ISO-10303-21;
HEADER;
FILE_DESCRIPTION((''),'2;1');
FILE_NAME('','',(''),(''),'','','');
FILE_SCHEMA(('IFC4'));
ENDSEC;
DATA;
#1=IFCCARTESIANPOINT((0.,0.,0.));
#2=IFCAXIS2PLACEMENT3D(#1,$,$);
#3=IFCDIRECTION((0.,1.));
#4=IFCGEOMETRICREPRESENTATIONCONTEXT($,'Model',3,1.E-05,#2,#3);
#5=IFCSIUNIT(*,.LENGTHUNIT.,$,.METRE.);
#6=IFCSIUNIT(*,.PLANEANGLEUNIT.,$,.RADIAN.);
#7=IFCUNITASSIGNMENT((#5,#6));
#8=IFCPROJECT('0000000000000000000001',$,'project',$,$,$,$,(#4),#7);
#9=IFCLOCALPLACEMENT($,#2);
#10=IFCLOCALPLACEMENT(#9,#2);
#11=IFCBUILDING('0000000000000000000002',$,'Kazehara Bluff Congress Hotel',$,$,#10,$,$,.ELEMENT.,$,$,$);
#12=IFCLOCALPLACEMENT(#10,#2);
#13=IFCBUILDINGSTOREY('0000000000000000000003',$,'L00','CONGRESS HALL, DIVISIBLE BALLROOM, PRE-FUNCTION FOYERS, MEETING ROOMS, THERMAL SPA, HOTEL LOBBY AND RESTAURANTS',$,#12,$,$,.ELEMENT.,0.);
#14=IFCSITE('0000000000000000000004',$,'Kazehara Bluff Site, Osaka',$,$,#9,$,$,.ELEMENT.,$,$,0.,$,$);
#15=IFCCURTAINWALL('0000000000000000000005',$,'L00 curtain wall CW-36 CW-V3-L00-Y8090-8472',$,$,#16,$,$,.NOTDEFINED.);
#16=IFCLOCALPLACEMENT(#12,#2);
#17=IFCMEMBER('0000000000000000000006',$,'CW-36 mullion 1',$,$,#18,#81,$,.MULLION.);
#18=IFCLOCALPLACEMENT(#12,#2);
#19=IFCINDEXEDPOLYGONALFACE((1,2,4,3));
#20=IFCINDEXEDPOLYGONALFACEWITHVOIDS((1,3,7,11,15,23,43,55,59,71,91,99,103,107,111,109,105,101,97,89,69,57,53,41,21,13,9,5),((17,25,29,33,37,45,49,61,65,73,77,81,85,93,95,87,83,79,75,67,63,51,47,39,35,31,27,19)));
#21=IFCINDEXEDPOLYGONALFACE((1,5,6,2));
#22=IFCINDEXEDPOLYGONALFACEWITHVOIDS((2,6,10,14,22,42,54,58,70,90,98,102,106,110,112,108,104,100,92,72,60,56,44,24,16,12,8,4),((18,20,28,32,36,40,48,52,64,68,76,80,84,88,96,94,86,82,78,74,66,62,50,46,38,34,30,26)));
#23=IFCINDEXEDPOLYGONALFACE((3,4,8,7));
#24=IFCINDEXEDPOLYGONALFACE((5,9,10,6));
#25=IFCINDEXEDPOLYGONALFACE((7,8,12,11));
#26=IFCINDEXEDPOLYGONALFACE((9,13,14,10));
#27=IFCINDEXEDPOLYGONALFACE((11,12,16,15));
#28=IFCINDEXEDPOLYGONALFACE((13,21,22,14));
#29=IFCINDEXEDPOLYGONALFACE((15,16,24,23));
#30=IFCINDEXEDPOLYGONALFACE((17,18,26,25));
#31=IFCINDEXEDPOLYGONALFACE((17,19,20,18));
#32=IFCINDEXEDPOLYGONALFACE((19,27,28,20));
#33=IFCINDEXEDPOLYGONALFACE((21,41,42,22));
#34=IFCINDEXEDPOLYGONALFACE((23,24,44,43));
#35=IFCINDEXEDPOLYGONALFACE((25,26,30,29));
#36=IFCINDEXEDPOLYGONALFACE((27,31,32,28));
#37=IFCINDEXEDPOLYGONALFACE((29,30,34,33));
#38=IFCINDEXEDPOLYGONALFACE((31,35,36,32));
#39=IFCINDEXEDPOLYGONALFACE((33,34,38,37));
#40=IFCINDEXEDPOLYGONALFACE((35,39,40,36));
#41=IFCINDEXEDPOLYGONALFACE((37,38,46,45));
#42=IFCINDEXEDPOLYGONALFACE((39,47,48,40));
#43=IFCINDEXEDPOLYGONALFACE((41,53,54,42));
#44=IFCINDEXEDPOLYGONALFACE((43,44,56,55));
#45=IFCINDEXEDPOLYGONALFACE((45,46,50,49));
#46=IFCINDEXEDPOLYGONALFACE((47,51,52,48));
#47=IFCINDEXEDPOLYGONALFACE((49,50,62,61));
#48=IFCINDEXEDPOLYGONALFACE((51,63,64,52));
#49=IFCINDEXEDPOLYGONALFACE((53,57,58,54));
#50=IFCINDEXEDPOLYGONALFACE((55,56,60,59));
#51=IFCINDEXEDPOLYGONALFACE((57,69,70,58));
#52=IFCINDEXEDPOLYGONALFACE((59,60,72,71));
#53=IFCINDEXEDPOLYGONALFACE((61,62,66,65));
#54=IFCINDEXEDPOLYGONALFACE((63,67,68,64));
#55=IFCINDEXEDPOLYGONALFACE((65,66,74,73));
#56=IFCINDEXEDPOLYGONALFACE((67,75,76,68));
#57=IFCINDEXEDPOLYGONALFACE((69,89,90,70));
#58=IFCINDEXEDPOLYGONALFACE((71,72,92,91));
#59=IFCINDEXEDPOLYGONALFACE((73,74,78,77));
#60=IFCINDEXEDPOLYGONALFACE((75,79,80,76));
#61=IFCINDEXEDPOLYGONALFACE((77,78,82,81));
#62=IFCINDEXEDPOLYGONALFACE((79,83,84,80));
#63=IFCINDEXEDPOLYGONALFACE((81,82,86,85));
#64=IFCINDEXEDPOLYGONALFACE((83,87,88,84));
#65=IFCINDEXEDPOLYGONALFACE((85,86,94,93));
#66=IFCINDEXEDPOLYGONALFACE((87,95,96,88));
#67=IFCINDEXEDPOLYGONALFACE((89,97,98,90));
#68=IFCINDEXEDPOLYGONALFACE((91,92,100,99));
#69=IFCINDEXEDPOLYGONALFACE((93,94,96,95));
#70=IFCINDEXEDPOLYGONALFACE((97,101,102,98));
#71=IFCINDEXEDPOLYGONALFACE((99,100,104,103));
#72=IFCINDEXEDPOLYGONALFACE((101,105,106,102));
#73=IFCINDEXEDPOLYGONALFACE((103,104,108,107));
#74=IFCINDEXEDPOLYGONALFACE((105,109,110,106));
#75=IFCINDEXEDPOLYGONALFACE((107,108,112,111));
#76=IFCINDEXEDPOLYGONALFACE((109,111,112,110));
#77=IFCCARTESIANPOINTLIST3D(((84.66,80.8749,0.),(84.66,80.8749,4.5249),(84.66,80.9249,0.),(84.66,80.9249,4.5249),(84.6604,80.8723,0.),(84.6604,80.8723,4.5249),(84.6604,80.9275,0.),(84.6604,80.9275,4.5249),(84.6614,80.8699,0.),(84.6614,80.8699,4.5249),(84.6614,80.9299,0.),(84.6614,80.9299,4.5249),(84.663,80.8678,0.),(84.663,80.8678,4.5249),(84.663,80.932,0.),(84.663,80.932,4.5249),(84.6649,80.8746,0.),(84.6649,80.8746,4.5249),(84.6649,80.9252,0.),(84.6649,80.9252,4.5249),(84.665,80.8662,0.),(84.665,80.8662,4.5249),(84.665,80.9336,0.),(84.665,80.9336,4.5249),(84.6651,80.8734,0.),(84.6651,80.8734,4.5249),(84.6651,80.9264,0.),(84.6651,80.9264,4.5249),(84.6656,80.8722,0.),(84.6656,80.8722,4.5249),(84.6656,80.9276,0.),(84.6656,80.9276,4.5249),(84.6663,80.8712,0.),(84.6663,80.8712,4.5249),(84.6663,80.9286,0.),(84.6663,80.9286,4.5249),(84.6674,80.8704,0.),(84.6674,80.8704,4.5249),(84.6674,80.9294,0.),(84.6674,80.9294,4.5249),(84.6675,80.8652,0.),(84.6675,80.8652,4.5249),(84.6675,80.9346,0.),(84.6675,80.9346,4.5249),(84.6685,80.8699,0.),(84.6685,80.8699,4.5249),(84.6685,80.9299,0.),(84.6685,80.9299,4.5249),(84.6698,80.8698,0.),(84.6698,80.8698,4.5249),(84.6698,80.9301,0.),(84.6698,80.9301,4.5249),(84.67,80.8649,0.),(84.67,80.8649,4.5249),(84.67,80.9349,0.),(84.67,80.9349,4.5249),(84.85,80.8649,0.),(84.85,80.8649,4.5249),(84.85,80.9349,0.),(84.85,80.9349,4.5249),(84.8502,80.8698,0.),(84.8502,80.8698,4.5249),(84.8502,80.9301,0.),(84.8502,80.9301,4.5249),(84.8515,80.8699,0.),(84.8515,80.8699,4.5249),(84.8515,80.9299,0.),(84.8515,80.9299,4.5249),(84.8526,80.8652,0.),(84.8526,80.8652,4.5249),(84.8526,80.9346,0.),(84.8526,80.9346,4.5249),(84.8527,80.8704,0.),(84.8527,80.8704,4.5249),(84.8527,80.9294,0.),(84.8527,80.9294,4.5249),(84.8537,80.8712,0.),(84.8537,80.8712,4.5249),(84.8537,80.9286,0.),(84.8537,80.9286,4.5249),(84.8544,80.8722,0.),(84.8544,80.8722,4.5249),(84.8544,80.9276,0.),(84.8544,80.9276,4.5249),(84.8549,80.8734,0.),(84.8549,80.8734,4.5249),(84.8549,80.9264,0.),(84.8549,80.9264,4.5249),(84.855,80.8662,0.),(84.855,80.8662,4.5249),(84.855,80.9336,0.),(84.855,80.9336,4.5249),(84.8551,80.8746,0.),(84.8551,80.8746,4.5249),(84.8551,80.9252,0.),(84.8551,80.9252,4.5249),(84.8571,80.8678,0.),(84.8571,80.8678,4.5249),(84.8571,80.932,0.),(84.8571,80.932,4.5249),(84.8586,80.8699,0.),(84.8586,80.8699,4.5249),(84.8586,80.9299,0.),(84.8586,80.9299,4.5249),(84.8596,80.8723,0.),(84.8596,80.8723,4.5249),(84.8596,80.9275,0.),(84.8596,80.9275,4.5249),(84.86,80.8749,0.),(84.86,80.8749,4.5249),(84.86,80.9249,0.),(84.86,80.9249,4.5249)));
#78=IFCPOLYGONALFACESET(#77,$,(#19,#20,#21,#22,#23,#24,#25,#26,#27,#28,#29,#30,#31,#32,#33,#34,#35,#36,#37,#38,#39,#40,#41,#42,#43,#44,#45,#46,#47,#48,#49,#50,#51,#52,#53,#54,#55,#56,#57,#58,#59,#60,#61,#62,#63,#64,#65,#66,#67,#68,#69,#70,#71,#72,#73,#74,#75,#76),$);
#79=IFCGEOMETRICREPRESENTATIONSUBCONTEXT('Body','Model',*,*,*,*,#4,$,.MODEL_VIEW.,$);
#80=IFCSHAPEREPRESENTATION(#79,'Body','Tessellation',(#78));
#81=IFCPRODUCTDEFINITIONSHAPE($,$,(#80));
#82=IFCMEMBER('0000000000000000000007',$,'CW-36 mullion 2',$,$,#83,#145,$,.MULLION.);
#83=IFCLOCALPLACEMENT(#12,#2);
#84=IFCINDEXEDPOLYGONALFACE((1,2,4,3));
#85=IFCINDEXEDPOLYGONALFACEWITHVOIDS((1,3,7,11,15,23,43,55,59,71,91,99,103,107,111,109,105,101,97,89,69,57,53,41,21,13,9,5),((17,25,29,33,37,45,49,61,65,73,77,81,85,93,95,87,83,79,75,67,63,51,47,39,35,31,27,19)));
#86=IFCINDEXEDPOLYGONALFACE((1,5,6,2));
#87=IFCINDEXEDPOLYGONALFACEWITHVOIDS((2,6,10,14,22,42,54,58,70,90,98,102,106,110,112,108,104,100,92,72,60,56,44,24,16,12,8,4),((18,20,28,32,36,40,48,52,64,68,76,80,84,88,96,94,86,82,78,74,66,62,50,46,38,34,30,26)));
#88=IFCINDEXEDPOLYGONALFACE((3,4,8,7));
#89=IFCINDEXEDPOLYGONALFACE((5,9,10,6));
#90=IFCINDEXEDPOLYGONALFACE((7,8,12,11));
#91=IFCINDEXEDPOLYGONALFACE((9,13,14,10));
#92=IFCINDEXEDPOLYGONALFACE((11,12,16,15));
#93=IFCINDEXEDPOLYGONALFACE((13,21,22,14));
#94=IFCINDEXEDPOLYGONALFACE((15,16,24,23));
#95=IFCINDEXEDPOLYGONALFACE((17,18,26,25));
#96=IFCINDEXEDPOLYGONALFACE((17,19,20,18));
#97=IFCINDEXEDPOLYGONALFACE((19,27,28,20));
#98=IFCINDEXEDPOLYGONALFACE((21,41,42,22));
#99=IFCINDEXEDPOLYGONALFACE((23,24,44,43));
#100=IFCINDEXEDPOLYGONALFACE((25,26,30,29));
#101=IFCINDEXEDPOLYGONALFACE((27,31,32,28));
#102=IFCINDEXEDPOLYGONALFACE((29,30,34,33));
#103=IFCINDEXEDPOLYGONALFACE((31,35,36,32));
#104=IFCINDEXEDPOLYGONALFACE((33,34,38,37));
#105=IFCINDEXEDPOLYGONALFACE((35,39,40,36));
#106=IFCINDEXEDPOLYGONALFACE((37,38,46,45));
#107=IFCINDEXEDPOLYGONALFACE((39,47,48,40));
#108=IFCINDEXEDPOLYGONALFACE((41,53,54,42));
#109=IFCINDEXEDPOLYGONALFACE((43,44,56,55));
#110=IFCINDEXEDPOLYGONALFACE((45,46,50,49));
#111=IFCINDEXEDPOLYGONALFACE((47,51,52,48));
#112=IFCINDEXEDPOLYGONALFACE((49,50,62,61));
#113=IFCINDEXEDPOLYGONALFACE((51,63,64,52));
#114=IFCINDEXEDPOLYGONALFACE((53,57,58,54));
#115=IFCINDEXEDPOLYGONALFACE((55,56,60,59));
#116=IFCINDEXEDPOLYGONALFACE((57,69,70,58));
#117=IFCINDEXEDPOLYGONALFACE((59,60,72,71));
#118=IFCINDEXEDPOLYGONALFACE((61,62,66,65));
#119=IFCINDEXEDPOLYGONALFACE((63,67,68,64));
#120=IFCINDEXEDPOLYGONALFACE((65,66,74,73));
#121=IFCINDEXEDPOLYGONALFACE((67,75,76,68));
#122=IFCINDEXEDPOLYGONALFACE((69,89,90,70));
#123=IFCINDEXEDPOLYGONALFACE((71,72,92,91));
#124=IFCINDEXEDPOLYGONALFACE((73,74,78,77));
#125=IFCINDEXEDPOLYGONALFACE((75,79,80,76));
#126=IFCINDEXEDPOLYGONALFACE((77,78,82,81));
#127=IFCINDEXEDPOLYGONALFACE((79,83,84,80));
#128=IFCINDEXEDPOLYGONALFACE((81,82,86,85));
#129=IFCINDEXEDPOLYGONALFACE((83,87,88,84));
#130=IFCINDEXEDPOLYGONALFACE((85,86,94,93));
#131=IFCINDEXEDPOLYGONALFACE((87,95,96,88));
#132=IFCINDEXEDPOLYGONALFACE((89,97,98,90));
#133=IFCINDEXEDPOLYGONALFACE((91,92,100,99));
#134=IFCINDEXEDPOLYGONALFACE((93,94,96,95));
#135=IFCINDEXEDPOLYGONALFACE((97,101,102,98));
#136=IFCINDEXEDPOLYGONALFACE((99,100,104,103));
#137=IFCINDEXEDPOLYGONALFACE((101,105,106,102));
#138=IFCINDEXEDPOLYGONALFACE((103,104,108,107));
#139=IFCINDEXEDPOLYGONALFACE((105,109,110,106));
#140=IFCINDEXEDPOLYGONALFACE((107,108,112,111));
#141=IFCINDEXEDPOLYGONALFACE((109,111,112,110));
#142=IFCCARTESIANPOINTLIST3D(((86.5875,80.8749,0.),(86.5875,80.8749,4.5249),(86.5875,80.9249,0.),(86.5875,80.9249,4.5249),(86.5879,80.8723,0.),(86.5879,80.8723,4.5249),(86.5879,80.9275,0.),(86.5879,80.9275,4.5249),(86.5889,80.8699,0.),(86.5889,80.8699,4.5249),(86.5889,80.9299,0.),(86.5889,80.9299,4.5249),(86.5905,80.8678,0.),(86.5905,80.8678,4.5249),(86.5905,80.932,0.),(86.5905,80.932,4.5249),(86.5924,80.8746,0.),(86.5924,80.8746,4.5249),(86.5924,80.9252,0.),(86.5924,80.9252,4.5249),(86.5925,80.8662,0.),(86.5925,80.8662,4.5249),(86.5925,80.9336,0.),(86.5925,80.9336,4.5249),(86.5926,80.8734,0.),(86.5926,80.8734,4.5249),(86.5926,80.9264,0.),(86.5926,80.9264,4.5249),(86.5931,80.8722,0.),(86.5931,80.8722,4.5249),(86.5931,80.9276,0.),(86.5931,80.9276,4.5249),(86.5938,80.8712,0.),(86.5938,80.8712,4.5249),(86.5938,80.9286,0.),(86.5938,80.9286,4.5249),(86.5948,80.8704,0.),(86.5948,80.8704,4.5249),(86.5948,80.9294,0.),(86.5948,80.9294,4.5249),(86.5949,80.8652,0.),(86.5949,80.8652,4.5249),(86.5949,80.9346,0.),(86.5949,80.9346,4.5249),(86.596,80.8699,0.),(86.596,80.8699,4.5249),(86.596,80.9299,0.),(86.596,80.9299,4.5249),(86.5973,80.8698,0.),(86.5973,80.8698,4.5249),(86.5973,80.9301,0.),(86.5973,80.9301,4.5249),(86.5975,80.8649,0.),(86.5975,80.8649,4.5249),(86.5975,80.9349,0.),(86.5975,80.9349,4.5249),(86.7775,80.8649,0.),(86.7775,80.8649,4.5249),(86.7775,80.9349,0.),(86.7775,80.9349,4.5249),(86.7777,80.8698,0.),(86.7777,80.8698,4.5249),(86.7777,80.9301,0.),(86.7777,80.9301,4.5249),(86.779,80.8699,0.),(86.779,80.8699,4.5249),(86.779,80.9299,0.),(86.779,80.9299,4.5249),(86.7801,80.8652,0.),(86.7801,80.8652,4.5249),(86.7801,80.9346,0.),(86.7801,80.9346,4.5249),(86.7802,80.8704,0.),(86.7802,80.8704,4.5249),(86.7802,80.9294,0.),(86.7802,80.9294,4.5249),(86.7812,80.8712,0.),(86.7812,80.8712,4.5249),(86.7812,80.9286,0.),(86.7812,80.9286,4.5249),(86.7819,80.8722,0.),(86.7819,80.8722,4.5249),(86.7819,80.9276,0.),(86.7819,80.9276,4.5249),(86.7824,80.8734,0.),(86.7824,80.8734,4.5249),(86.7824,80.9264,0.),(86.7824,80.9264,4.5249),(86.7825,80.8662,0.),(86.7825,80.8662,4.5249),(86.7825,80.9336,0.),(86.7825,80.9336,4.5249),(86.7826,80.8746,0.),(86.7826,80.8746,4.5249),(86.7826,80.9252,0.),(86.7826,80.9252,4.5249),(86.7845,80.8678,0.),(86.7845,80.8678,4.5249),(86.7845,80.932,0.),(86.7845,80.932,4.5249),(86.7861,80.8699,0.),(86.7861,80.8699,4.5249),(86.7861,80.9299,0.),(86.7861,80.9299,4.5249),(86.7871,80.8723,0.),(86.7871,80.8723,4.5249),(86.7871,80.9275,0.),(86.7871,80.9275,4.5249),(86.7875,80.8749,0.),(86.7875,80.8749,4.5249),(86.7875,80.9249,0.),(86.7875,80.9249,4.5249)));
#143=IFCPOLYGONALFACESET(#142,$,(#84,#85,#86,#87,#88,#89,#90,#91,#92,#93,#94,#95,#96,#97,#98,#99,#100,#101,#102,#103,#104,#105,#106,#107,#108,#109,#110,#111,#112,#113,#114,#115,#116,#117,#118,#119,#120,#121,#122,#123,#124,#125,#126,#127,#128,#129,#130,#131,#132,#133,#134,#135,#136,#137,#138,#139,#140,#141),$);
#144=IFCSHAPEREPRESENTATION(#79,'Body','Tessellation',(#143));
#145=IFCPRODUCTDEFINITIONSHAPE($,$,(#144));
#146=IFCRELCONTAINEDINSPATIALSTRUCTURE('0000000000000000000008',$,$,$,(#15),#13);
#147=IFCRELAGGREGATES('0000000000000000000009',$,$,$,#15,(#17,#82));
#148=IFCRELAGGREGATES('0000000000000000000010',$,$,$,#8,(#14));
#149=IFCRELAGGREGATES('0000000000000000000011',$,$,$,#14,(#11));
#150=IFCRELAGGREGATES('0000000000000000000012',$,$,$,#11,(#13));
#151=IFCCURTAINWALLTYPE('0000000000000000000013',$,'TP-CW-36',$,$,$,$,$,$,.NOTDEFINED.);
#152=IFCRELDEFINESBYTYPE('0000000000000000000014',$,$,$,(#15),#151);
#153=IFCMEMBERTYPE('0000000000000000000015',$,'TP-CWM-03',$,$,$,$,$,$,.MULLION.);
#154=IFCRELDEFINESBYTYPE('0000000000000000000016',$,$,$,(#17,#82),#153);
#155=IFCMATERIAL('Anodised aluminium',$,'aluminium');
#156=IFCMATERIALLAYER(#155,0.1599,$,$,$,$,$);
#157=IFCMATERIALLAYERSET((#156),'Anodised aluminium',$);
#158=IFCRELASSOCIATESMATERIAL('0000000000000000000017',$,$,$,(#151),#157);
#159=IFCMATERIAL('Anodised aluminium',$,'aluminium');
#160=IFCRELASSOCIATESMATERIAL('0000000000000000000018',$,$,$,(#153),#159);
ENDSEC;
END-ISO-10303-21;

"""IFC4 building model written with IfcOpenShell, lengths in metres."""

from ifc_helpers import new_model, si_unit, direction, frame, origin, origin_2d, place, context, subcontext, project, spatial, hollow_rectangle, extrude, material, layer, layer_set, material_profile, profile_set, type_object, element, aggregate, save


model = new_model("IFC4")

# Units and contexts
model_context = context("Model", 3, precision=1e-05, world=origin(), true_north=direction((0.0, 1.0)))
body_context = subcontext(model_context, "Body", "Model", "MODEL_VIEW")
ifc_project = project(units=[si_unit("LENGTHUNIT", "METRE"), si_unit("PLANEANGLEUNIT", "RADIAN")], contexts=[model_context])

# Site, building, storey
site_placement = place(None, origin())
site = spatial("IfcSite", under=ifc_project, at=site_placement, Name="Kazehara Bluff Site, Osaka", CompositionType="ELEMENT", RefElevation=0.0)
building_placement = place(site_placement, origin())
building = spatial("IfcBuilding", under=site, at=building_placement, Name="Kazehara Bluff Congress Hotel", CompositionType="ELEMENT")
storey_placement = place(building_placement, origin())
storey = spatial("IfcBuildingStorey", under=building, at=storey_placement, Name="L00", Description="CONGRESS HALL, DIVISIBLE BALLROOM, PRE-FUNCTION FOYERS, MEETING ROOMS, THERMAL SPA, HOTEL LOBBY AND RESTAURANTS", CompositionType="ELEMENT", Elevation=0.0)

# Shared definitions
ifc_material_1 = material(Name="Anodised aluminium", Category="aluminium")
ifc_layer_1 = layer(ifc_material_1, 0.1599)
ifc_layer_set_1 = layer_set([ifc_layer_1], Name="Anodised aluminium")
curtain_wall_type = type_object("IfcCurtainWallType", Name="TP-CW-36", PredefinedType="NOTDEFINED", material=ifc_layer_set_1)
ifc_material_2 = material(Name="Anodised aluminium", Category="aluminium")
ifc_material_profile_1 = material_profile(ifc_material_2, hollow_rectangle(XDim=0.0701, YDim=0.2, WallThickness=0.0049, InnerFilletRadius=0.0049, OuterFilletRadius=0.01, at=origin_2d()))
ifc_profile_set_1 = profile_set([ifc_material_profile_1], Name="Anodised aluminium")
member_type_1 = type_object("IfcMemberType", Name="TP-CWM-03", PredefinedType="MULLION", material=ifc_profile_set_1)

# Curtain wall, members
curtain_wall_1_placement = place(storey_placement, origin())
curtain_wall_1 = element("IfcCurtainWall", 1, at=curtain_wall_1_placement, inside=storey, type_object=curtain_wall_type, Name="L00 curtain wall CW-36 CW-V3-L00-Y8090-8472", PredefinedType="NOTDEFINED")
member_1_placement = place(storey_placement, frame((84.76, 80.8999, 0.0), z_axis=(0.0, 0.0, 1.0), x_axis=(0.0, 1.0, 0.0)))
member_1 = element("IfcMember", 2, at=member_1_placement, type_object=member_type_1, Name="CW-36 mullion 1", PredefinedType="MULLION", context=body_context, shape_type="SweptSolid", body=[
    extrude(hollow_rectangle(XDim=0.0701, YDim=0.2, WallThickness=0.0049, InnerFilletRadius=0.0049, OuterFilletRadius=0.01, at=origin_2d()), origin(), (0.0, 0.0, 1.0), 4.5249),
])
member_2_placement = place(storey_placement, frame((86.6875, 80.8999, 0.0), z_axis=(0.0, 0.0, 1.0), x_axis=(0.0, 1.0, 0.0)))
member_2 = element("IfcMember", 3, at=member_2_placement, type_object=member_type_1, Name="CW-36 mullion 2", PredefinedType="MULLION", context=body_context, shape_type="SweptSolid", body=[
    extrude(hollow_rectangle(XDim=0.0701, YDim=0.2, WallThickness=0.0049, InnerFilletRadius=0.0049, OuterFilletRadius=0.01, at=origin_2d()), origin(), (0.0, 0.0, 1.0), 4.5249),
])

aggregate(curtain_wall_1, [member_1, member_2])

save(model, "model.ifc")
